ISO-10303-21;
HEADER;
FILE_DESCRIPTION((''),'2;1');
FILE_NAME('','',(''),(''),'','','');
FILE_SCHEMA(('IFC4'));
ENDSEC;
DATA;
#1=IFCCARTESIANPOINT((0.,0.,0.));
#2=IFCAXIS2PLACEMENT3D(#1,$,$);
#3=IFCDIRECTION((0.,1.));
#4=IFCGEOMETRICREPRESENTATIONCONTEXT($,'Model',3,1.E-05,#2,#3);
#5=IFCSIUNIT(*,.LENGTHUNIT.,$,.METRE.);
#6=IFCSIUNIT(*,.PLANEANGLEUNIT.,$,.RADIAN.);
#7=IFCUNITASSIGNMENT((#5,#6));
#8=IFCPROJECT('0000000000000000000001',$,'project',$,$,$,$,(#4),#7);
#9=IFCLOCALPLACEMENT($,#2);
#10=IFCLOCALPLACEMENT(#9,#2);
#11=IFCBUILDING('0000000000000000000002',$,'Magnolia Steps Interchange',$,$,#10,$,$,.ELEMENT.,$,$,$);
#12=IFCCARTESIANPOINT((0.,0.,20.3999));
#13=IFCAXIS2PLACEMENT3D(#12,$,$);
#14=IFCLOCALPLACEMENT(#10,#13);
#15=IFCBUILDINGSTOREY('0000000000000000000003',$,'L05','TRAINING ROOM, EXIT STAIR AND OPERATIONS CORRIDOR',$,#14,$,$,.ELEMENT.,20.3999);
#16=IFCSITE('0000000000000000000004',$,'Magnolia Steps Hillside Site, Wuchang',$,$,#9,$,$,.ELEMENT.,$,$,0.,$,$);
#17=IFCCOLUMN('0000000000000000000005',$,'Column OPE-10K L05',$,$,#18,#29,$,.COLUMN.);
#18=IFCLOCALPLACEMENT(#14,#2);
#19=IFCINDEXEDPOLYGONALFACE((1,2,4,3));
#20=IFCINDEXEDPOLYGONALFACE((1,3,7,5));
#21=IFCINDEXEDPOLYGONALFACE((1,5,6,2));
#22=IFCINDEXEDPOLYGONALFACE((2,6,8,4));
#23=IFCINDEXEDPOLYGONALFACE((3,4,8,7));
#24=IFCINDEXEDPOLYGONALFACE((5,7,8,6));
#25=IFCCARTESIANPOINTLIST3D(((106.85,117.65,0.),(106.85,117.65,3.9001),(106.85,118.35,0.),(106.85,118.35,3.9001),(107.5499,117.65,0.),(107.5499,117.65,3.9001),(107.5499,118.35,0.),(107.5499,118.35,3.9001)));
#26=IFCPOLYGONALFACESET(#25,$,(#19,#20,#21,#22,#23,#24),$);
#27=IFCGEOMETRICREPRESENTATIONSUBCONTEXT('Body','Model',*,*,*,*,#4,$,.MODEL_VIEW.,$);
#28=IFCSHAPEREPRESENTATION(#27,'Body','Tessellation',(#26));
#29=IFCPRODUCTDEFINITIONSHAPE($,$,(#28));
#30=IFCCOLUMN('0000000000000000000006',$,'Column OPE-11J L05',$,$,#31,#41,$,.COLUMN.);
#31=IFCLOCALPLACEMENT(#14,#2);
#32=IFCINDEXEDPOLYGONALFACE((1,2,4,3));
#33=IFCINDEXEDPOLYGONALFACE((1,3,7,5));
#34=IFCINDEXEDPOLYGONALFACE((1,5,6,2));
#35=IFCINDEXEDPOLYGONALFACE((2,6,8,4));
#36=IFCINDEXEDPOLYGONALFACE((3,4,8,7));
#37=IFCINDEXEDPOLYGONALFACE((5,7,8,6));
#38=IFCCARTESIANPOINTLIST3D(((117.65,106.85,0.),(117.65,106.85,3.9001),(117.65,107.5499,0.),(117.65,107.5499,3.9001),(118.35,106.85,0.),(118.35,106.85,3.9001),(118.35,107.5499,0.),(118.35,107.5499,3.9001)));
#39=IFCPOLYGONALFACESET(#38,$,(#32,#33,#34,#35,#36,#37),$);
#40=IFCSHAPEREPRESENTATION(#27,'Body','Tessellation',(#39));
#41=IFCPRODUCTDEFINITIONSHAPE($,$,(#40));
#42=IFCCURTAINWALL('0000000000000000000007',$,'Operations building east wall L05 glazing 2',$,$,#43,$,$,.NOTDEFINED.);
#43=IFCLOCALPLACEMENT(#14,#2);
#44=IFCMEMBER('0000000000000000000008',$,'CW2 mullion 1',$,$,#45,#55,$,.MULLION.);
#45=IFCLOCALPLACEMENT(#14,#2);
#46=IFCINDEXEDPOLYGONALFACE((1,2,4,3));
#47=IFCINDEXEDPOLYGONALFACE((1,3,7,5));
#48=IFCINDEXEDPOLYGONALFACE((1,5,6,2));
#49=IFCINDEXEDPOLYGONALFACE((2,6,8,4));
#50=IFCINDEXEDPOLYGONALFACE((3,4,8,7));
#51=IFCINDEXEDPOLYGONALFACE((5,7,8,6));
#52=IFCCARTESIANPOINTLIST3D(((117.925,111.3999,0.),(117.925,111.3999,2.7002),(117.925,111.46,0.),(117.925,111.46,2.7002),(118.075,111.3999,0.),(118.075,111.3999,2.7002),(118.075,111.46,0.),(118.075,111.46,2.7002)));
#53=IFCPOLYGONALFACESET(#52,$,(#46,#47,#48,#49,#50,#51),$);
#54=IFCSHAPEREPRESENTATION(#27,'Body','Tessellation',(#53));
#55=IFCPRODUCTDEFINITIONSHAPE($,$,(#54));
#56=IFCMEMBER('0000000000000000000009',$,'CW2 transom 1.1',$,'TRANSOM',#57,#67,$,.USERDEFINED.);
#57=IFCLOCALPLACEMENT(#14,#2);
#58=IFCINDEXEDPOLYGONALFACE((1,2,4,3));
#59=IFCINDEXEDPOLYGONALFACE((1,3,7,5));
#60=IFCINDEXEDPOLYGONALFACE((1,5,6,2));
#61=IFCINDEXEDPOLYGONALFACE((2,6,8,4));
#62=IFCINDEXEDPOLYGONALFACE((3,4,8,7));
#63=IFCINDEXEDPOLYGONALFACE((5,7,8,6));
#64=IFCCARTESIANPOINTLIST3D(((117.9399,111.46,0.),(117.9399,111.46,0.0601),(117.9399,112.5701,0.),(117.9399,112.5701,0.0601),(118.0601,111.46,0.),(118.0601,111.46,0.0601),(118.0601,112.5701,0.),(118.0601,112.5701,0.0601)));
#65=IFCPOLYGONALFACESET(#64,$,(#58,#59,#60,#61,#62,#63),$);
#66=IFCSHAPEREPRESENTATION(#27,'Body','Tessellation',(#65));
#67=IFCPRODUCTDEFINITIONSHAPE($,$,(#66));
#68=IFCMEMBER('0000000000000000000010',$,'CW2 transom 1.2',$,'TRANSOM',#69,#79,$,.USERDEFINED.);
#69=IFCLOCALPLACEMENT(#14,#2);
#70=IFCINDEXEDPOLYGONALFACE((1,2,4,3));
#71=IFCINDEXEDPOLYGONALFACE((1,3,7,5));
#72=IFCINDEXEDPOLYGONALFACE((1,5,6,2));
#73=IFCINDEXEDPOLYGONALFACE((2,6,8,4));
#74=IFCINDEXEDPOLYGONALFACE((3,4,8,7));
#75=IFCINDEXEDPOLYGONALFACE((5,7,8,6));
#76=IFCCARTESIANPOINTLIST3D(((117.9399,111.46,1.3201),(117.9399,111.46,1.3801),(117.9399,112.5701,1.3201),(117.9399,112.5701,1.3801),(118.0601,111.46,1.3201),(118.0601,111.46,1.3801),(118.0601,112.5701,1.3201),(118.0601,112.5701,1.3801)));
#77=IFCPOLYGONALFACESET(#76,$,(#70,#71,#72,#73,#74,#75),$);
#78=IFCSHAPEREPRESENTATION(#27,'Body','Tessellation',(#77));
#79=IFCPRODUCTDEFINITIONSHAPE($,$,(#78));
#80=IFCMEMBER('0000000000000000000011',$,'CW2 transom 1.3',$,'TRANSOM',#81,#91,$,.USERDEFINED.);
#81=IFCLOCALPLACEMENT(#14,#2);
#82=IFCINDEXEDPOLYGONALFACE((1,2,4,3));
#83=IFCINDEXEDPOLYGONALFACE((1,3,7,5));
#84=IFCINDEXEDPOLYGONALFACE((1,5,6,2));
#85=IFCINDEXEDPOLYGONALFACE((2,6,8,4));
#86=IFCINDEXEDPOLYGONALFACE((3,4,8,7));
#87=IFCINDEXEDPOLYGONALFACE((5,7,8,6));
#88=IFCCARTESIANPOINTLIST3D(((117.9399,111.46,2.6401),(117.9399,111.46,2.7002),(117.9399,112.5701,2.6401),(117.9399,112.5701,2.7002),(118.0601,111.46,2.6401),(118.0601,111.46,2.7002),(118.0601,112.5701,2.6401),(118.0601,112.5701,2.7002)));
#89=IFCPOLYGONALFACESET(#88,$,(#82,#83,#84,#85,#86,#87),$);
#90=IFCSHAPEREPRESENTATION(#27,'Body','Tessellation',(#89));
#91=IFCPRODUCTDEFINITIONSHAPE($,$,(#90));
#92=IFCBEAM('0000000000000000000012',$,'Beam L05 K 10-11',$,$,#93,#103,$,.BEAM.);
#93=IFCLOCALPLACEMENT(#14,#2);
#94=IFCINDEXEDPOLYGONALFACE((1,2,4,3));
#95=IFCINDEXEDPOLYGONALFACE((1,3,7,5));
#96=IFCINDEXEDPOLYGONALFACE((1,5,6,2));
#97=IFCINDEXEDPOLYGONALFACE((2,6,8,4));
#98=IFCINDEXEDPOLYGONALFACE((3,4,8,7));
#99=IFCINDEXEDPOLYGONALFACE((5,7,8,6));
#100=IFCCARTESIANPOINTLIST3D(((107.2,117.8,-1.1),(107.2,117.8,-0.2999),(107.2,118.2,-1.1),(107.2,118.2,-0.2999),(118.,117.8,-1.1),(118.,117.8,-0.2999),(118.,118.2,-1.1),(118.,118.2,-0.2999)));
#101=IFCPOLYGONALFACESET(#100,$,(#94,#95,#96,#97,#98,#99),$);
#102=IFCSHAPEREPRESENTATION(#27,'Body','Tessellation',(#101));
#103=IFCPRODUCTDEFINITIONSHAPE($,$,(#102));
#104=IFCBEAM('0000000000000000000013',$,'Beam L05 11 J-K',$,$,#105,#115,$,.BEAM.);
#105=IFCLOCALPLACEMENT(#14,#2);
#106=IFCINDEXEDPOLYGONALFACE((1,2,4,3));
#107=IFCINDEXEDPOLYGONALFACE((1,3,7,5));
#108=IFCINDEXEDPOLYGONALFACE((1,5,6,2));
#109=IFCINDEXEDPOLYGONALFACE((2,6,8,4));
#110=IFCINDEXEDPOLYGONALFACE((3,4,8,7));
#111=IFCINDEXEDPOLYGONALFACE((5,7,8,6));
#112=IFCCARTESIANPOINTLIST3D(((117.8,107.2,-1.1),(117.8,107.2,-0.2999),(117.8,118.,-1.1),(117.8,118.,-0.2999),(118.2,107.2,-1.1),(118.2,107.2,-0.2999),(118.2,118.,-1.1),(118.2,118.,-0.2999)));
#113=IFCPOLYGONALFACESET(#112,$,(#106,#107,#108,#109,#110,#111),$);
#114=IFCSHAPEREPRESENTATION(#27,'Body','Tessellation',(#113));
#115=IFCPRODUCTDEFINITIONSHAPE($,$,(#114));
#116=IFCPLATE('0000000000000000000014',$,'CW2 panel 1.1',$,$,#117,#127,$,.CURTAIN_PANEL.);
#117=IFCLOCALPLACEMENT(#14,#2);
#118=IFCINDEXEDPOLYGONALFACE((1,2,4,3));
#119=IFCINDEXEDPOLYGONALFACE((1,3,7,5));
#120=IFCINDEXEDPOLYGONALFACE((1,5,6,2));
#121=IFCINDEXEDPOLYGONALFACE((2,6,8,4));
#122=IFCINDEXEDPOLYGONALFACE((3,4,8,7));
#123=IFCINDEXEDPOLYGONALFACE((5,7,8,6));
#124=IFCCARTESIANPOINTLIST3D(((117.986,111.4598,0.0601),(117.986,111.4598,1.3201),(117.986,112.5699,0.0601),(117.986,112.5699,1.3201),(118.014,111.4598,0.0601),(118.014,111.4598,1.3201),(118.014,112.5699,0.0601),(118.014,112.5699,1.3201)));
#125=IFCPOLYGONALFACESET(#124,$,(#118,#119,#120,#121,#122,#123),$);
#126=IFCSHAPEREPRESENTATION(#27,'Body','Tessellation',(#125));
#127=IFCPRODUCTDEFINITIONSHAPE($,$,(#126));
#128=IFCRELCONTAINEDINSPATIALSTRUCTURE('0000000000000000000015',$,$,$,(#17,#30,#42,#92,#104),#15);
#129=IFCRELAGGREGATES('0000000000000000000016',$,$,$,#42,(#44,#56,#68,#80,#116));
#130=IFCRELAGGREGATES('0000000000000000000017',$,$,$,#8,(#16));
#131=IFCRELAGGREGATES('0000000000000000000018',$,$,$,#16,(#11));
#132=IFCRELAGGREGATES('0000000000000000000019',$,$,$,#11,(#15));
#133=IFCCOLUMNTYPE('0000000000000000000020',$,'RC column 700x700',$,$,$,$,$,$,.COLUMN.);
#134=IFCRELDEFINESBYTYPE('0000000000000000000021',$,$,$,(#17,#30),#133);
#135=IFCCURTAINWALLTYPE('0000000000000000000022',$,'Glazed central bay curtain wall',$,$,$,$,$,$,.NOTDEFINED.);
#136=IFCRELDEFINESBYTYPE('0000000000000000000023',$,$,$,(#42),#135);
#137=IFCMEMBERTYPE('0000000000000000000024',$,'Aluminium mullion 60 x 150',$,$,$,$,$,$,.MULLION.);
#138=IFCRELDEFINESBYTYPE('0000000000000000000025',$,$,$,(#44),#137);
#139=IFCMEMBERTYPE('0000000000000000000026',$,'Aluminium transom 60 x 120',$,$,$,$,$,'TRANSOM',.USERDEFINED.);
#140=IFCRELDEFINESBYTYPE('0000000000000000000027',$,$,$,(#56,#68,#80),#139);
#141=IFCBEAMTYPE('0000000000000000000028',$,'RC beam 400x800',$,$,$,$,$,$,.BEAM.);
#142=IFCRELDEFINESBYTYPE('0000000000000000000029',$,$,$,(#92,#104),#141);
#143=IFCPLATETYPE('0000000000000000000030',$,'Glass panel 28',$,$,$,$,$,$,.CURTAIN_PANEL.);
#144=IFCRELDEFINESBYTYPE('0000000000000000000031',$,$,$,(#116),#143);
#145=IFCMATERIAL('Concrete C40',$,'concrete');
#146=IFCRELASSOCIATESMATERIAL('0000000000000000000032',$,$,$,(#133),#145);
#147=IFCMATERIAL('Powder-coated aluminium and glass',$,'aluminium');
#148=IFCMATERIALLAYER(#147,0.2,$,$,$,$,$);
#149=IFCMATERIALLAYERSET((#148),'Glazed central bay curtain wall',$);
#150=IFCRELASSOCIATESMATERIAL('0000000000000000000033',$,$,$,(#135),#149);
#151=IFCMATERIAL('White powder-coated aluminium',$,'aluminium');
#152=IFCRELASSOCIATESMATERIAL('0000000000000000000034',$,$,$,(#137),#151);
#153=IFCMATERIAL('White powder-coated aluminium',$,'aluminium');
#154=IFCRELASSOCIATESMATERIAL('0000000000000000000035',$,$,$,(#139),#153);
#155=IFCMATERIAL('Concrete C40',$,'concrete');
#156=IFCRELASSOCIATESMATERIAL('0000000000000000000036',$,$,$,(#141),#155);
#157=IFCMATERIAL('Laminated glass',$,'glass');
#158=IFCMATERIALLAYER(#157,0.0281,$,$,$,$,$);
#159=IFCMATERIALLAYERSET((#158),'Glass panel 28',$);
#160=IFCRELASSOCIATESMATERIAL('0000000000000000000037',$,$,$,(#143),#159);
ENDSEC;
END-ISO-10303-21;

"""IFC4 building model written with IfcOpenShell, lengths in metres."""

from ifc_helpers import new_model, si_unit, direction, frame, origin, origin_2d, place, context, subcontext, project, spatial, rectangle, extrude, material, layer, layer_set, material_profile, profile_set, type_object, element, aggregate, save


model = new_model("IFC4")

# Units and contexts
model_context = context("Model", 3, precision=1e-05, world=origin(), true_north=direction((0.0, 1.0)))
body_context = subcontext(model_context, "Body", "Model", "MODEL_VIEW")
ifc_project = project(units=[si_unit("LENGTHUNIT", "METRE"), si_unit("PLANEANGLEUNIT", "RADIAN")], contexts=[model_context])

# Site, building, storey
site_placement = place(None, origin())
site = spatial("IfcSite", under=ifc_project, at=site_placement, Name="Magnolia Steps Hillside Site, Wuchang", CompositionType="ELEMENT", RefElevation=0.0)
building_placement = place(site_placement, origin())
building = spatial("IfcBuilding", under=site, at=building_placement, Name="Magnolia Steps Interchange", CompositionType="ELEMENT")
storey_placement = place(building_placement, frame((0.0, 0.0, 20.3999)))
storey = spatial("IfcBuildingStorey", under=building, at=storey_placement, Name="L05", Description="TRAINING ROOM, EXIT STAIR AND OPERATIONS CORRIDOR", CompositionType="ELEMENT", Elevation=20.3999)

# Columns
ifc_material_1 = material(Name="Concrete C40", Category="concrete")
ifc_material_profile_1 = material_profile(ifc_material_1, rectangle(XDim=0.7, YDim=0.7, at=origin_2d()), Name="RC700x700")
ifc_profile_set_1 = profile_set([ifc_material_profile_1], Name="Concrete C40")
column_type = type_object("IfcColumnType", Name="RC column 700x700", PredefinedType="COLUMN", material=ifc_profile_set_1)
for number, where, z_axis, x_axis, name in (
    (1, (107.2, 118.0, 0.0), (0.0, 0.0, 1.0), (1.0, 0.0, 0.0), "Column OPE-10K L05"),
    (2, (118.0, 107.2, 0.0), (0.0, 0.0, 1.0), (1.0, 0.0, 0.0), "Column OPE-11J L05"),
):
    element("IfcColumn", number, at=place(storey_placement, frame(where, z_axis=z_axis, x_axis=x_axis)), inside=storey, type_object=column_type, Name=name, PredefinedType="COLUMN", context=body_context, shape_type="SweptSolid", body=[
        extrude(rectangle(XDim=0.7, YDim=0.7, at=origin_2d()), origin(), (0.0, 0.0, 1.0), 3.9001),
    ])

# Curtain wall, members
ifc_material_2 = material(Name="Powder-coated aluminium and glass", Category="aluminium")
ifc_layer_1 = layer(ifc_material_2, 0.2)
ifc_layer_set_1 = layer_set([ifc_layer_1], Name="Glazed central bay curtain wall")
curtain_wall_type = type_object("IfcCurtainWallType", Name="Glazed central bay curtain wall", PredefinedType="NOTDEFINED", material=ifc_layer_set_1)
curtain_wall_placement = place(storey_placement, origin())
curtain_wall = element("IfcCurtainWall", 3, at=curtain_wall_placement, inside=storey, type_object=curtain_wall_type, Name="Operations building east wall L05 glazing 2", PredefinedType="NOTDEFINED")
ifc_material_3 = material(Name="White powder-coated aluminium", Category="aluminium")
ifc_material_profile_2 = material_profile(ifc_material_3, rectangle(XDim=0.0601, YDim=0.1499, at=origin_2d()), Name="Aluminium mullion 60 x 150")
ifc_profile_set_2 = profile_set([ifc_material_profile_2], Name="White powder-coated aluminium")
member_type_1 = type_object("IfcMemberType", Name="Aluminium mullion 60 x 150", PredefinedType="MULLION", material=ifc_profile_set_2)
member_1_placement = place(storey_placement, frame((118.0, 111.4299, 0.0), z_axis=(0.0, 0.0, 1.0), x_axis=(0.0, 1.0, 0.0)))
member_1 = element("IfcMember", 4, at=member_1_placement, type_object=member_type_1, Name="CW2 mullion 1", PredefinedType="MULLION", context=body_context, shape_type="SweptSolid", body=[
    extrude(rectangle(XDim=0.0601, YDim=0.1499, at=origin_2d()), origin(), (0.0, 0.0, 1.0), 2.7002),
])
ifc_material_4 = material(Name="White powder-coated aluminium", Category="aluminium")
ifc_material_profile_3 = material_profile(ifc_material_4, rectangle(XDim=0.0601, YDim=0.1201, at=origin_2d()), Name="Aluminium transom 60 x 120")
ifc_profile_set_3 = profile_set([ifc_material_profile_3], Name="White powder-coated aluminium")
member_type_2 = type_object("IfcMemberType", Name="Aluminium transom 60 x 120", ElementType="TRANSOM", PredefinedType="USERDEFINED", material=ifc_profile_set_3)
member_2_placement = place(storey_placement, frame((118.0, 111.46, 0.03), z_axis=(0.0, 1.0, 0.0), x_axis=(0.0, 0.0, 1.0)))
member_2 = element("IfcMember", 5, at=member_2_placement, type_object=member_type_2, Name="CW2 transom 1.1", ObjectType="TRANSOM", PredefinedType="USERDEFINED", context=body_context, shape_type="SweptSolid", body=[
    extrude(rectangle(XDim=0.0601, YDim=0.1201, at=origin_2d()), origin(), (0.0, 0.0, 1.0), 1.1101),
])
member_3_placement = place(storey_placement, frame((118.0, 111.46, 1.3501), z_axis=(0.0, 1.0, 0.0), x_axis=(0.0, 0.0, 1.0)))
member_3 = element("IfcMember", 6, at=member_3_placement, type_object=member_type_2, Name="CW2 transom 1.2", ObjectType="TRANSOM", PredefinedType="USERDEFINED", context=body_context, shape_type="SweptSolid", body=[
    extrude(rectangle(XDim=0.0601, YDim=0.1201, at=origin_2d()), origin(), (0.0, 0.0, 1.0), 1.1101),
])
member_4_placement = place(storey_placement, frame((118.0, 111.46, 2.6702), z_axis=(0.0, 1.0, 0.0), x_axis=(0.0, 0.0, 1.0)))
member_4 = element("IfcMember", 7, at=member_4_placement, type_object=member_type_2, Name="CW2 transom 1.3", ObjectType="TRANSOM", PredefinedType="USERDEFINED", context=body_context, shape_type="SweptSolid", body=[
    extrude(rectangle(XDim=0.0601, YDim=0.1201, at=origin_2d()), origin(), (0.0, 0.0, 1.0), 1.1101),
])

# Beams
ifc_material_5 = material(Name="Concrete C40", Category="concrete")
ifc_material_profile_4 = material_profile(ifc_material_5, rectangle(XDim=0.3999, YDim=0.8, at=origin_2d()), Name="RC400x800")
ifc_profile_set_4 = profile_set([ifc_material_profile_4], Name="Concrete C40")
beam_type = type_object("IfcBeamType", Name="RC beam 400x800", PredefinedType="BEAM", material=ifc_profile_set_4)
for number, where, z_axis, x_axis, name in (
    (8, (107.2, 118.0, -0.7), (1.0, 0.0, 0.0), (0.0, 1.0, 0.0), "Beam L05 K 10-11"),
    (9, (118.0, 107.2, -0.7), (0.0, 1.0, 0.0), (-1.0, 0.0, 0.0), "Beam L05 11 J-K"),
):
    element("IfcBeam", number, at=place(storey_placement, frame(where, z_axis=z_axis, x_axis=x_axis)), inside=storey, type_object=beam_type, Name=name, PredefinedType="BEAM", context=body_context, shape_type="SweptSolid", body=[
        extrude(rectangle(XDim=0.3999, YDim=0.8, at=origin_2d()), origin(), (0.0, 0.0, 1.0), 10.8),
    ])

# Plate
ifc_material_6 = material(Name="Laminated glass", Category="glass")
ifc_layer_2 = layer(ifc_material_6, 0.0281)
ifc_layer_set_2 = layer_set([ifc_layer_2], Name="Glass panel 28")
plate_type = type_object("IfcPlateType", Name="Glass panel 28", PredefinedType="CURTAIN_PANEL", material=ifc_layer_set_2)
plate_placement = place(storey_placement, frame((118.0, 112.0149, 0.0601), z_axis=(0.0, 0.0, 1.0), x_axis=(0.0, 1.0, 0.0)))
plate = element("IfcPlate", 10, at=plate_placement, type_object=plate_type, Name="CW2 panel 1.1", PredefinedType="CURTAIN_PANEL", context=body_context, shape_type="SweptSolid", body=[
    extrude(rectangle(XDim=1.1101, YDim=0.0281, at=origin_2d()), origin(), (0.0, 0.0, 1.0), 1.26),
])
aggregate(curtain_wall, [member_1, member_2, member_3, member_4, plate])

save(model, "model.ifc")
